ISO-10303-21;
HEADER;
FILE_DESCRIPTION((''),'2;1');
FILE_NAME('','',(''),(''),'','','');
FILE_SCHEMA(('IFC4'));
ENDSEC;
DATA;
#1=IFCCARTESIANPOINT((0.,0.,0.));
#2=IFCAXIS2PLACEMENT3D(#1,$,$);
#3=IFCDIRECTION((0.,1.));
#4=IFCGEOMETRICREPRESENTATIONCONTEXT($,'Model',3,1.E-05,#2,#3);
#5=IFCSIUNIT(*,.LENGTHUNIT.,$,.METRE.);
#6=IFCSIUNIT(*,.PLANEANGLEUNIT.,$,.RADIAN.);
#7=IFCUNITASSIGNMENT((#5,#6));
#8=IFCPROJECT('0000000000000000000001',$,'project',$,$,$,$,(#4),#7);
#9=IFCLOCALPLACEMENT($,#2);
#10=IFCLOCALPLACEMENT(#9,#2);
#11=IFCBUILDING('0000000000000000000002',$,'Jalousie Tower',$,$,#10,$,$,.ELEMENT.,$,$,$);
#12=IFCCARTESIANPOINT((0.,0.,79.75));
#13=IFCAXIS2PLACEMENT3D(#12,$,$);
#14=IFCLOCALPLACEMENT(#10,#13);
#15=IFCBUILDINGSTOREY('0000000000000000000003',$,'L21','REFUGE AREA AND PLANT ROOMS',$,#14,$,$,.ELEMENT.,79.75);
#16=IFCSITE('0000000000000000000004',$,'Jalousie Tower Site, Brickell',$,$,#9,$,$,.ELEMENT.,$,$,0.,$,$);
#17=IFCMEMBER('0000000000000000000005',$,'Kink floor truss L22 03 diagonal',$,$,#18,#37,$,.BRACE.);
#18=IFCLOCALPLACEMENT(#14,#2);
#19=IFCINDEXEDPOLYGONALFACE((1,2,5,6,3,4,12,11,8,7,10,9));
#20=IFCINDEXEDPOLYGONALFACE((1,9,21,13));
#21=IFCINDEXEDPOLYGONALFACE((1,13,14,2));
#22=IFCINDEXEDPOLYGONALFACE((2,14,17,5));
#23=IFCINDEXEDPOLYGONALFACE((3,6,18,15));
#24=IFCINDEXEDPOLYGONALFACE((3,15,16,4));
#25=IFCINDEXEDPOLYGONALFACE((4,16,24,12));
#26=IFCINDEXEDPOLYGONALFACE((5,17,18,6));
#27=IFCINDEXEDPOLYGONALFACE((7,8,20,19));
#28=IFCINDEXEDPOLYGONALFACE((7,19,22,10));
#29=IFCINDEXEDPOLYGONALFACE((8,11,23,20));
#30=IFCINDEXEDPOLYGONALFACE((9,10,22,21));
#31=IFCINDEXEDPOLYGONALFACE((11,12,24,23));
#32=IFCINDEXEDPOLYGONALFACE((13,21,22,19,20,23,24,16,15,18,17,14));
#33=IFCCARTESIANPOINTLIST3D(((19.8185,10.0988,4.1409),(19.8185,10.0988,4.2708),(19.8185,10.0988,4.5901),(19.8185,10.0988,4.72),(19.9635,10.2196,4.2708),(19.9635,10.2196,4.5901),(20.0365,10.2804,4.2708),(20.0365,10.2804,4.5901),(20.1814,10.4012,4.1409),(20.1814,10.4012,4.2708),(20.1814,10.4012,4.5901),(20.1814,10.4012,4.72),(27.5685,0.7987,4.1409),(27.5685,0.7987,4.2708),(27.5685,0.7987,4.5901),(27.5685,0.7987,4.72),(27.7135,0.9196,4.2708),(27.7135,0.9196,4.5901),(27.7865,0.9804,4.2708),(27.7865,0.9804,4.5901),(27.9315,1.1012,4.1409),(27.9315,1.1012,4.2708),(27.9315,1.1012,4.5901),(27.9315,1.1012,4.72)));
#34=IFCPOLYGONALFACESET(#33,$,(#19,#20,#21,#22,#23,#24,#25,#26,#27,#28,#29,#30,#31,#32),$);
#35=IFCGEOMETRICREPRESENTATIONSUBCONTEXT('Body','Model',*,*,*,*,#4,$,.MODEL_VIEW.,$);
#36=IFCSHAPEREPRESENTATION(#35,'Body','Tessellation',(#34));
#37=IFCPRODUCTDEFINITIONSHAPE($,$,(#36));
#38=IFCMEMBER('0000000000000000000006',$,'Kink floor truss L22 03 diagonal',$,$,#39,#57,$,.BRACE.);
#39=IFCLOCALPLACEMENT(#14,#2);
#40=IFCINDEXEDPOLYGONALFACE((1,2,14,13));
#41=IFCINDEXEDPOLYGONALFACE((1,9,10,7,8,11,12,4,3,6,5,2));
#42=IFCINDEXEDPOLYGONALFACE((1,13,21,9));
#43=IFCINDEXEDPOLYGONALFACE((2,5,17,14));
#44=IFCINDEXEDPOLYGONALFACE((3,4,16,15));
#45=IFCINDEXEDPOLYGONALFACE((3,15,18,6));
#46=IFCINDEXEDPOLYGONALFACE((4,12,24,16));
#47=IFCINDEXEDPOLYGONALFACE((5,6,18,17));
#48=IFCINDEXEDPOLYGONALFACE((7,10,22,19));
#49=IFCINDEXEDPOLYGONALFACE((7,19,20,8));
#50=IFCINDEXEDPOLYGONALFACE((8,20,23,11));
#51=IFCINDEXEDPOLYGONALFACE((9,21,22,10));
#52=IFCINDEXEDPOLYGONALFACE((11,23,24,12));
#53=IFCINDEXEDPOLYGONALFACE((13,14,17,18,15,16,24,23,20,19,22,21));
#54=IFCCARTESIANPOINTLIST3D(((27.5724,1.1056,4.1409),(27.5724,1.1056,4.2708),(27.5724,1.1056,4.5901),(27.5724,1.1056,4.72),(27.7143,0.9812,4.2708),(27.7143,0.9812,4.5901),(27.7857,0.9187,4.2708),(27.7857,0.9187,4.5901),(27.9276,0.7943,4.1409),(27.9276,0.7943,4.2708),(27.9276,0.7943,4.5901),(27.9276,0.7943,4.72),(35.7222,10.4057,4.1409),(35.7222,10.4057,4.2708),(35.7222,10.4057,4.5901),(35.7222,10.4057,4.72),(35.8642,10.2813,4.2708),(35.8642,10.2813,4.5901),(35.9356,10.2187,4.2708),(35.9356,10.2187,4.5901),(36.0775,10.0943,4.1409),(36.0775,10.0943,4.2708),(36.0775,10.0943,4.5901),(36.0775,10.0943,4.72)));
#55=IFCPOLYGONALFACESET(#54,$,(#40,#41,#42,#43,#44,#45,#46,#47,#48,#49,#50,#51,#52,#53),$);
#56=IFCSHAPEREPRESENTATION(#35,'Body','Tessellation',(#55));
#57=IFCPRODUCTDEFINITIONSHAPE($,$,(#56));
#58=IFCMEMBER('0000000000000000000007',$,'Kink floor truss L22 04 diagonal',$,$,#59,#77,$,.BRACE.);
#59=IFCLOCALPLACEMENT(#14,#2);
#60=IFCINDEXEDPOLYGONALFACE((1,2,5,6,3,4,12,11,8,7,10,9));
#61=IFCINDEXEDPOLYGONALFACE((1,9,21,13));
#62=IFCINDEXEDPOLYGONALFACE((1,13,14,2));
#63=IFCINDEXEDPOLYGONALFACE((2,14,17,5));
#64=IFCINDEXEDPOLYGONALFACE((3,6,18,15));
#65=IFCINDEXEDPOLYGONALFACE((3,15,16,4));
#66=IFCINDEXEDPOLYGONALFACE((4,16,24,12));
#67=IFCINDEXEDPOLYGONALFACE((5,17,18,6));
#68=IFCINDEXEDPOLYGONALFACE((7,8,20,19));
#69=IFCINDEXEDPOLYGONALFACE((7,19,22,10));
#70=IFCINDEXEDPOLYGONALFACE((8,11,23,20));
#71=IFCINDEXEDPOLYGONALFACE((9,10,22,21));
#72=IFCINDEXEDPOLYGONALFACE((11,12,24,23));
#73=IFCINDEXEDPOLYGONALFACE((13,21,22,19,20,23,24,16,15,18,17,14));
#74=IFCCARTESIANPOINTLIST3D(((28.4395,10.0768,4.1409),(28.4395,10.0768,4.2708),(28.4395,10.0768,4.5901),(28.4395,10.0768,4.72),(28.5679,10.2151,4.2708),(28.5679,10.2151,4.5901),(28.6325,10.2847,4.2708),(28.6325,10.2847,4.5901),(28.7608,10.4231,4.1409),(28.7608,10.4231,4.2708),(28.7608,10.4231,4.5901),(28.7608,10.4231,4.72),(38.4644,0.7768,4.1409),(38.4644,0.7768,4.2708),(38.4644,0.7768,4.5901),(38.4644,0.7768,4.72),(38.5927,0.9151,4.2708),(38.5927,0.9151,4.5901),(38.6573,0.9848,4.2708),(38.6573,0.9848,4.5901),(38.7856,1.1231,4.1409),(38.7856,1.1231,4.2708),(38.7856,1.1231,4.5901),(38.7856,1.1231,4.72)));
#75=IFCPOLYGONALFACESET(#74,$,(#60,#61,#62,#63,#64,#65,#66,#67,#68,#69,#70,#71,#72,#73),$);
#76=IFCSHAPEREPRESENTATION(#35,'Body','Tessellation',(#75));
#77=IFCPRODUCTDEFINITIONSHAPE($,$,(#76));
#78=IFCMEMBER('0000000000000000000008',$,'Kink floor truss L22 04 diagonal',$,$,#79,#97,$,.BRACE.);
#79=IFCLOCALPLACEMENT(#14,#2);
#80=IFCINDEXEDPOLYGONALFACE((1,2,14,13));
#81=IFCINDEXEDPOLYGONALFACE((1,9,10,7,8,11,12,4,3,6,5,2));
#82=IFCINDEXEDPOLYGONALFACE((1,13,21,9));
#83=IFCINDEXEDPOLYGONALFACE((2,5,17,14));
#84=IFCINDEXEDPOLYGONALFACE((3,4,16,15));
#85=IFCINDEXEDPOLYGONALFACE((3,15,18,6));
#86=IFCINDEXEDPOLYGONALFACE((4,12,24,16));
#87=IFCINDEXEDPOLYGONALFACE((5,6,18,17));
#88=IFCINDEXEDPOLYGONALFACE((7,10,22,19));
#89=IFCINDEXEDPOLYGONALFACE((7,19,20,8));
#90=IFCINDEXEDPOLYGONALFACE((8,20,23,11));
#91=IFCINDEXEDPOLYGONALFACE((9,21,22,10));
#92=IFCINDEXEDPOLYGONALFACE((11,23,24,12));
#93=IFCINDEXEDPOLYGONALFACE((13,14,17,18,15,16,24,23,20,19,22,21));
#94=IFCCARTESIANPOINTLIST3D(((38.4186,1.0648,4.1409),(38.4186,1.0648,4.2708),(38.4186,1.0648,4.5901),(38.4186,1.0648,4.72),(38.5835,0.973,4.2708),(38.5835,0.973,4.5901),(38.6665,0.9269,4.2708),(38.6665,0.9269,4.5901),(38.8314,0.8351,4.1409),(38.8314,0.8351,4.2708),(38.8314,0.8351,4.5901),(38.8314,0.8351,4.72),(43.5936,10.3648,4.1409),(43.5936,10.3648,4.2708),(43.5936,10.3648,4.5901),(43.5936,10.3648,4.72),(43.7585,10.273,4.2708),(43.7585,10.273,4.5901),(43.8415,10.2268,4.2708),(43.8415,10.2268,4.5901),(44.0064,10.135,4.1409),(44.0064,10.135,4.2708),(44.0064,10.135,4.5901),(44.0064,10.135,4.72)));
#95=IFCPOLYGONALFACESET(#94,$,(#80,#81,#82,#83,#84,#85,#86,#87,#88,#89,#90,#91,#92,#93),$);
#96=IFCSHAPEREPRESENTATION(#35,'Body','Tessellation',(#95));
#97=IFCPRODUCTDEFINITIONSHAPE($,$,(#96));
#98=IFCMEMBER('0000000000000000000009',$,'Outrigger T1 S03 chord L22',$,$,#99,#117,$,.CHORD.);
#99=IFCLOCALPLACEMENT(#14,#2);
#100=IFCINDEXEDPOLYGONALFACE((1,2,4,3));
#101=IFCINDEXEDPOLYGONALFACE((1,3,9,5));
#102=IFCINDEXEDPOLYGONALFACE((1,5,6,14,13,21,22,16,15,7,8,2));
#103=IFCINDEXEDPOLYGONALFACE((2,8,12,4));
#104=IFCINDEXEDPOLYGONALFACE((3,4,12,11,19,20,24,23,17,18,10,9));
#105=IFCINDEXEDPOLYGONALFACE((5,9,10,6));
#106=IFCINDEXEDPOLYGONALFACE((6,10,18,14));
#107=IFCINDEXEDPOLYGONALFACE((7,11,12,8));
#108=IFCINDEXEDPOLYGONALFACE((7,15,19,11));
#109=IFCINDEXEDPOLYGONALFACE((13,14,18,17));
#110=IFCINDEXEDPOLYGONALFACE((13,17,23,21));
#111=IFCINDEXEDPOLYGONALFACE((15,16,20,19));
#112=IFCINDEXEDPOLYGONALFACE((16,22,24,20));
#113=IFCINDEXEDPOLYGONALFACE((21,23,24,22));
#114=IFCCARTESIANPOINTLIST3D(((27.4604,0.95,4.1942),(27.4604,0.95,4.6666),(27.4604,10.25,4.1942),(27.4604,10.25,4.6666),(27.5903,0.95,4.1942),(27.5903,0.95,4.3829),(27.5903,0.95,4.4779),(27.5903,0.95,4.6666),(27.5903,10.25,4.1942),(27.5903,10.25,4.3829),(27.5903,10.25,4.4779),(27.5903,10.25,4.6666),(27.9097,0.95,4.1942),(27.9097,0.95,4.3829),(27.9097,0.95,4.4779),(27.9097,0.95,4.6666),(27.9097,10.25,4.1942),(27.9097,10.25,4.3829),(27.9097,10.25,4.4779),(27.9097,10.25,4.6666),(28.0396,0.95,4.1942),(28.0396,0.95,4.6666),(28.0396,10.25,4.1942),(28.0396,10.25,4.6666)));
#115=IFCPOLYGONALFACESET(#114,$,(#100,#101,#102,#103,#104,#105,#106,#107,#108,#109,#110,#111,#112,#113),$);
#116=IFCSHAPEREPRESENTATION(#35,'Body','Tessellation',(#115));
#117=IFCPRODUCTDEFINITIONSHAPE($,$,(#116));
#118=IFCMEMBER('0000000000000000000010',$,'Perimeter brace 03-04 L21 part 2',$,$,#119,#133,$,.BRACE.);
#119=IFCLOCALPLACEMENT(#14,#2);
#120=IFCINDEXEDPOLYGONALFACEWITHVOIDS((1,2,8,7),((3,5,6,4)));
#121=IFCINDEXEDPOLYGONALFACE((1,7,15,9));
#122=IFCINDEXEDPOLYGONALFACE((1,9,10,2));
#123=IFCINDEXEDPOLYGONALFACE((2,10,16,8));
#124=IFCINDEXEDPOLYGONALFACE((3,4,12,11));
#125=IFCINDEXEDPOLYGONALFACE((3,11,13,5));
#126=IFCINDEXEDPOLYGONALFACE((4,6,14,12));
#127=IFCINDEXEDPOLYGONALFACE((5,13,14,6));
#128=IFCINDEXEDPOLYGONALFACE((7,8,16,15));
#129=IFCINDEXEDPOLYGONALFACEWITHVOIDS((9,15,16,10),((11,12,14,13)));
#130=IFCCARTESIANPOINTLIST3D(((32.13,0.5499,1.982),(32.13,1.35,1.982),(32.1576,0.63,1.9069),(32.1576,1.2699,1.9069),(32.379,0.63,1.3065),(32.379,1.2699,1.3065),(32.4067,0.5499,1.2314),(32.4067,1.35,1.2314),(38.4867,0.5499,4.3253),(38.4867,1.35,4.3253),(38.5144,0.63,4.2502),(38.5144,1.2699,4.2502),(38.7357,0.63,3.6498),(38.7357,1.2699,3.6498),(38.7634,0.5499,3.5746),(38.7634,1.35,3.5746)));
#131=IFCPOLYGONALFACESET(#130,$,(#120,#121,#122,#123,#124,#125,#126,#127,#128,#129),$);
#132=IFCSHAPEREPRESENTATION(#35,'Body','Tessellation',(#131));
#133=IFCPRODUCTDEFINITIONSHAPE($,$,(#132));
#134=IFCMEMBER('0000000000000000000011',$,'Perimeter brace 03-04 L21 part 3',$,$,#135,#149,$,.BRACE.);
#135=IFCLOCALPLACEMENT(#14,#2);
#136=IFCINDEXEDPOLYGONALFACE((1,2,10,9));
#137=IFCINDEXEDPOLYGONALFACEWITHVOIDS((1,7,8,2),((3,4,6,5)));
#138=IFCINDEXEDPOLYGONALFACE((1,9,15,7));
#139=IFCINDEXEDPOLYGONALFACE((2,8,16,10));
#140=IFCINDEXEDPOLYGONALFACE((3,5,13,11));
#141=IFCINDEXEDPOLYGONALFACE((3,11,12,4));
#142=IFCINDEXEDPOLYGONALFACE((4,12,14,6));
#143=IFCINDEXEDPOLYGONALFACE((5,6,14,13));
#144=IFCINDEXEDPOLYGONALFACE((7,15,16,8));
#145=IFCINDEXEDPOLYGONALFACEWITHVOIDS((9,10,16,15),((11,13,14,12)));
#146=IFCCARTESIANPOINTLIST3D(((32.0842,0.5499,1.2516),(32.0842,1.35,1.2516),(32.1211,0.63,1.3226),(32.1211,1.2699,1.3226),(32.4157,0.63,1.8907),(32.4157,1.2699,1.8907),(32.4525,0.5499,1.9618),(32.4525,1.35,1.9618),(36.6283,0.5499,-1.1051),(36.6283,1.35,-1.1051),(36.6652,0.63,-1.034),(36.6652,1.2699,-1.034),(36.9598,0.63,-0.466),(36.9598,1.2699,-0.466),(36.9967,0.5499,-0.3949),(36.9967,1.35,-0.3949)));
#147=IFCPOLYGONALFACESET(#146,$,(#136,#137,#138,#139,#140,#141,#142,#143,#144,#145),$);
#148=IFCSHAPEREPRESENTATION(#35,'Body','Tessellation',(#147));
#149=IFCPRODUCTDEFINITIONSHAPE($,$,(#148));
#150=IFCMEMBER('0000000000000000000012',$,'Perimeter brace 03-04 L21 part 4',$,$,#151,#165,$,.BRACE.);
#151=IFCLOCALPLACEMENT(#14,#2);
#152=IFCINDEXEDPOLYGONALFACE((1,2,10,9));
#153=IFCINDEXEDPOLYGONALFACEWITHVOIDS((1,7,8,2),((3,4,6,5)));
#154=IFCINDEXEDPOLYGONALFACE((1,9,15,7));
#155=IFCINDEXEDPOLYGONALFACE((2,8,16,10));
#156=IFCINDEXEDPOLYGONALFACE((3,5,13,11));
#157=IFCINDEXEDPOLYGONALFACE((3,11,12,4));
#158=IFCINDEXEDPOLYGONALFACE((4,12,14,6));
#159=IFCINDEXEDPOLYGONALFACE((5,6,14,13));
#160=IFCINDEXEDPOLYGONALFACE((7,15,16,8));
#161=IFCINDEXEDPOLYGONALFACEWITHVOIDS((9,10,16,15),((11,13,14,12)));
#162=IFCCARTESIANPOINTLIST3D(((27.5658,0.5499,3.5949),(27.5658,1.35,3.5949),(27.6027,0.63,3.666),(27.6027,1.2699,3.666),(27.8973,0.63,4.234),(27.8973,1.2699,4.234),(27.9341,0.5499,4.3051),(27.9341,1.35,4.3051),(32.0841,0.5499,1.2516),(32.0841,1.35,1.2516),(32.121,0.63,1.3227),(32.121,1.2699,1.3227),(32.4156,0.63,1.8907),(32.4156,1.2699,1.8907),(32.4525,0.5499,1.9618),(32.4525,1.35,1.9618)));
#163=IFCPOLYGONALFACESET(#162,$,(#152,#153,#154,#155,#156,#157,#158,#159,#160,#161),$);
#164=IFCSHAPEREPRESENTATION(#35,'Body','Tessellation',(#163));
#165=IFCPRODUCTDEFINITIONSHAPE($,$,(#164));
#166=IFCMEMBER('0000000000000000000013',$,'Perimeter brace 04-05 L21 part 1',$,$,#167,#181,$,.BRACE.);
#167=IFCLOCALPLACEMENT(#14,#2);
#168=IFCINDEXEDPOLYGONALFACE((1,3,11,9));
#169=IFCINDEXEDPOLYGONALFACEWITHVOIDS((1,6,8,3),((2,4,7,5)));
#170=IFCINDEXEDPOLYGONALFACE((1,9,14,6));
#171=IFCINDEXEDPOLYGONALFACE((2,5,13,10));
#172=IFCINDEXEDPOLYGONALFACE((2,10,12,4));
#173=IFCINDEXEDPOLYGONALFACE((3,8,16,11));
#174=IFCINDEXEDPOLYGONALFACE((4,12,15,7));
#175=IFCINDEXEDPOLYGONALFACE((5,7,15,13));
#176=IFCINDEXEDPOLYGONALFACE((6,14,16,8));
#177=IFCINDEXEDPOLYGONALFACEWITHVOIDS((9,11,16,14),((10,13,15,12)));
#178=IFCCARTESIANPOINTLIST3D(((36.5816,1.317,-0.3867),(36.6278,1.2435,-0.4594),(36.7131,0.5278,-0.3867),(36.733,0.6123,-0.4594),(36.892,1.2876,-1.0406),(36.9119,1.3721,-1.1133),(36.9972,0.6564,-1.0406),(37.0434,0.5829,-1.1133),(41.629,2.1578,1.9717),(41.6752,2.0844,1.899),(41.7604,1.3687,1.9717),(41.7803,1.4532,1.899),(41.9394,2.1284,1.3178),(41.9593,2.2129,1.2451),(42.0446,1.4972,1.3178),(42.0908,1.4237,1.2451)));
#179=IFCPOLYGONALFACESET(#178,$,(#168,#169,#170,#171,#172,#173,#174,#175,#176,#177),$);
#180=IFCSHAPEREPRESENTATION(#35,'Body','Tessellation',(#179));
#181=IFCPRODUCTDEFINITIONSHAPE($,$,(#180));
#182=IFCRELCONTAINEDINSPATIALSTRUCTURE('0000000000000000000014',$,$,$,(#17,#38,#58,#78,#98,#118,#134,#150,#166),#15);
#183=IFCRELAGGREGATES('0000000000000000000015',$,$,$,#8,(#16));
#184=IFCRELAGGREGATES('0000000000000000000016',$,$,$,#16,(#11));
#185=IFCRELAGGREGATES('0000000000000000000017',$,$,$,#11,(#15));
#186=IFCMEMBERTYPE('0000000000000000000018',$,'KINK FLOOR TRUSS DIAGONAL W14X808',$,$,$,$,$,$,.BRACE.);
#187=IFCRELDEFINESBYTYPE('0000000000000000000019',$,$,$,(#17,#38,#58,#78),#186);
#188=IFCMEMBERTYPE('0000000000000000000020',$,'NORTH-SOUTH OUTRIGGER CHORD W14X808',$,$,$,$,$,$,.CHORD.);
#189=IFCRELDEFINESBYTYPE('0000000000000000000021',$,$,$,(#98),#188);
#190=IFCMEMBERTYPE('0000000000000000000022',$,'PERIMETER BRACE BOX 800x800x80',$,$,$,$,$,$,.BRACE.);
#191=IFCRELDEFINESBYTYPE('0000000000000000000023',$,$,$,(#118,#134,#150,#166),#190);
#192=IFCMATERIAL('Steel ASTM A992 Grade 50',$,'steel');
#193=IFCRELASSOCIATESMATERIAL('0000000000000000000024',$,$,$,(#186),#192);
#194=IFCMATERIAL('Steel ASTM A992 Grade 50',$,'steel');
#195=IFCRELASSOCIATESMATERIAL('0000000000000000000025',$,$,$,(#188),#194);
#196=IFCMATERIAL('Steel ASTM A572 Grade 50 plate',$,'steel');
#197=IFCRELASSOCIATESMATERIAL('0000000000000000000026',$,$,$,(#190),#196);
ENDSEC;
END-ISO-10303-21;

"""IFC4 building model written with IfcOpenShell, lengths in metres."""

from ifc_helpers import new_model, si_unit, direction, frame, origin, origin_2d, place, context, subcontext, project, spatial, hollow_rectangle, i_section, extrude, material, material_profile, profile_set, type_object, element, save


model = new_model("IFC4")

# Units and contexts
model_context = context("Model", 3, precision=1e-05, world=origin(), true_north=direction((0.0, 1.0)))
body_context = subcontext(model_context, "Body", "Model", "MODEL_VIEW")
ifc_project = project(units=[si_unit("LENGTHUNIT", "METRE"), si_unit("PLANEANGLEUNIT", "RADIAN")], contexts=[model_context])

# Site, building, storey
site_placement = place(None, origin())
site = spatial("IfcSite", under=ifc_project, at=site_placement, Name="Jalousie Tower Site, Brickell", CompositionType="ELEMENT", RefElevation=0.0)
building_placement = place(site_placement, origin())
building = spatial("IfcBuilding", under=site, at=building_placement, Name="Jalousie Tower", CompositionType="ELEMENT")
storey_placement = place(building_placement, frame((0.0, 0.0, 79.75)))
storey = spatial("IfcBuildingStorey", under=building, at=storey_placement, Name="L21", Description="REFUGE AREA AND PLANT ROOMS", CompositionType="ELEMENT", Elevation=79.75)

# Members
ifc_material_1 = material(Name="Steel ASTM A992 Grade 50", Category="steel")
ifc_material_profile_1 = material_profile(ifc_material_1, i_section(OverallWidth=0.4724, OverallDepth=0.5791, WebThickness=0.095, FlangeThickness=0.1299, at=origin_2d()), Name="W14X808")
ifc_profile_set_1 = profile_set([ifc_material_profile_1], Name="Steel ASTM A992 Grade 50")
member_type_1 = type_object("IfcMemberType", Name="KINK FLOOR TRUSS DIAGONAL W14X808", PredefinedType="BRACE", material=ifc_profile_set_1)
member_1_placement = place(storey_placement, frame((27.75, 0.95, 4.4304), z_axis=(-0.640182, 0.768223, 0.0), x_axis=(-0.768223, -0.640182, 0.0)))
element("IfcMember", 1, at=member_1_placement, inside=storey, type_object=member_type_1, Name="Kink floor truss L22 03 diagonal", PredefinedType="BRACE", context=body_context, shape_type="SweptSolid", body=[
    extrude(i_section(OverallWidth=0.4724, OverallDepth=0.5791, WebThickness=0.095, FlangeThickness=0.1299, at=origin_2d()), origin(), (0.0, 0.0, 1.0), 12.106),
])
member_2_placement = place(storey_placement, frame((27.75, 0.95, 4.4304), z_axis=(0.659071, 0.752081, 0.0), x_axis=(-0.752081, 0.659071, 0.0)))
element("IfcMember", 2, at=member_2_placement, inside=storey, type_object=member_type_1, Name="Kink floor truss L22 03 diagonal", PredefinedType="BRACE", context=body_context, shape_type="SweptSolid", body=[
    extrude(i_section(OverallWidth=0.4724, OverallDepth=0.5791, WebThickness=0.095, FlangeThickness=0.1299, at=origin_2d()), origin(), (0.0, 0.0, 1.0), 12.3657),
])
member_3_placement = place(storey_placement, frame((38.625, 0.95, 4.4304), z_axis=(-0.733114, 0.680106, 0.0), x_axis=(-0.680106, -0.733114, 0.0)))
element("IfcMember", 3, at=member_3_placement, inside=storey, type_object=member_type_1, Name="Kink floor truss L22 04 diagonal", PredefinedType="BRACE", context=body_context, shape_type="SweptSolid", body=[
    extrude(i_section(OverallWidth=0.4724, OverallDepth=0.5791, WebThickness=0.095, FlangeThickness=0.1299, at=origin_2d()), origin(), (0.0, 0.0, 1.0), 13.6743),
])
member_4_placement = place(storey_placement, frame((38.625, 0.95, 4.4304), z_axis=(0.486243, 0.873824, 0.0), x_axis=(-0.873824, 0.486243, 0.0)))
element("IfcMember", 4, at=member_4_placement, inside=storey, type_object=member_type_1, Name="Kink floor truss L22 04 diagonal", PredefinedType="BRACE", context=body_context, shape_type="SweptSolid", body=[
    extrude(i_section(OverallWidth=0.4724, OverallDepth=0.5791, WebThickness=0.095, FlangeThickness=0.1299, at=origin_2d()), origin(), (0.0, 0.0, 1.0), 10.6428),
])
ifc_material_2 = material(Name="Steel ASTM A992 Grade 50", Category="steel")
ifc_material_profile_2 = material_profile(ifc_material_2, i_section(OverallWidth=0.4724, OverallDepth=0.5791, WebThickness=0.095, FlangeThickness=0.1299, at=origin_2d()), Name="W14X808")
ifc_profile_set_2 = profile_set([ifc_material_profile_2], Name="Steel ASTM A992 Grade 50")
member_type_2 = type_object("IfcMemberType", Name="NORTH-SOUTH OUTRIGGER CHORD W14X808", PredefinedType="CHORD", material=ifc_profile_set_2)
member_5_placement = place(storey_placement, frame((27.75, 0.95, 4.4304), z_axis=(0.0, 1.0, 0.0), x_axis=(0.0, 0.0, 1.0)))
element("IfcMember", 5, at=member_5_placement, inside=storey, type_object=member_type_2, Name="Outrigger T1 S03 chord L22", PredefinedType="CHORD", context=body_context, shape_type="SweptSolid", body=[
    extrude(i_section(OverallWidth=0.4724, OverallDepth=0.5791, WebThickness=0.095, FlangeThickness=0.1299, at=origin_2d()), origin(), (0.0, 0.0, 1.0), 9.3),
])
ifc_material_3 = material(Name="Steel ASTM A572 Grade 50 plate", Category="steel")
ifc_material_profile_3 = material_profile(ifc_material_3, hollow_rectangle(XDim=0.8, YDim=0.8, WallThickness=0.0801, at=origin_2d()), Name="BOX 800x800x80")
ifc_profile_set_3 = profile_set([ifc_material_profile_3], Name="Steel ASTM A572 Grade 50 plate")
member_type_3 = type_object("IfcMemberType", Name="PERIMETER BRACE BOX 800x800x80", PredefinedType="BRACE", material=ifc_profile_set_3)
member_6_placement = place(storey_placement, frame((32.2683, 0.95, 1.6067), z_axis=(0.93828, 0.0, 0.345877), x_axis=(0.0, 1.0, 0.0)))
element("IfcMember", 6, at=member_6_placement, inside=storey, type_object=member_type_3, Name="Perimeter brace 03-04 L21 part 2", PredefinedType="BRACE", context=body_context, shape_type="SweptSolid", body=[
    extrude(hollow_rectangle(XDim=0.8, YDim=0.8, WallThickness=0.0801, at=origin_2d()), origin(), (0.0, 0.0, 1.0), 6.7749),
])
member_7_placement = place(storey_placement, frame((36.8125, 0.95, -0.75), z_axis=(-0.887719, 0.0, 0.460385), x_axis=(0.0, -1.0, 0.0)))
element("IfcMember", 7, at=member_7_placement, inside=storey, type_object=member_type_3, Name="Perimeter brace 03-04 L21 part 3", PredefinedType="BRACE", context=body_context, shape_type="SweptSolid", body=[
    extrude(hollow_rectangle(XDim=0.8, YDim=0.8, WallThickness=0.0801, at=origin_2d()), origin(), (0.0, 0.0, 1.0), 5.1189),
])
member_8_placement = place(storey_placement, frame((32.2683, 0.95, 1.6067), z_axis=(-0.88772, 0.0, 0.460384), x_axis=(0.0, -1.0, 0.0)))
element("IfcMember", 8, at=member_8_placement, inside=storey, type_object=member_type_3, Name="Perimeter brace 03-04 L21 part 4", PredefinedType="BRACE", context=body_context, shape_type="SweptSolid", body=[
    extrude(hollow_rectangle(XDim=0.8, YDim=0.8, WallThickness=0.0801, at=origin_2d()), origin(), (0.0, 0.0, 1.0), 5.0898),
])
member_9_placement = place(storey_placement, frame((36.8125, 0.95, -0.75), z_axis=(0.895834, 0.149233, 0.418582), x_axis=(-0.164322, 0.986407, 0.0)))
element("IfcMember", 9, at=member_9_placement, inside=storey, type_object=member_type_3, Name="Perimeter brace 04-05 L21 part 1", PredefinedType="BRACE", context=body_context, shape_type="SweptSolid", body=[
    extrude(hollow_rectangle(XDim=0.8, YDim=0.8, WallThickness=0.0801, at=origin_2d()), origin(), (0.0, 0.0, 1.0), 5.6343),
])

save(model, "model.ifc")
